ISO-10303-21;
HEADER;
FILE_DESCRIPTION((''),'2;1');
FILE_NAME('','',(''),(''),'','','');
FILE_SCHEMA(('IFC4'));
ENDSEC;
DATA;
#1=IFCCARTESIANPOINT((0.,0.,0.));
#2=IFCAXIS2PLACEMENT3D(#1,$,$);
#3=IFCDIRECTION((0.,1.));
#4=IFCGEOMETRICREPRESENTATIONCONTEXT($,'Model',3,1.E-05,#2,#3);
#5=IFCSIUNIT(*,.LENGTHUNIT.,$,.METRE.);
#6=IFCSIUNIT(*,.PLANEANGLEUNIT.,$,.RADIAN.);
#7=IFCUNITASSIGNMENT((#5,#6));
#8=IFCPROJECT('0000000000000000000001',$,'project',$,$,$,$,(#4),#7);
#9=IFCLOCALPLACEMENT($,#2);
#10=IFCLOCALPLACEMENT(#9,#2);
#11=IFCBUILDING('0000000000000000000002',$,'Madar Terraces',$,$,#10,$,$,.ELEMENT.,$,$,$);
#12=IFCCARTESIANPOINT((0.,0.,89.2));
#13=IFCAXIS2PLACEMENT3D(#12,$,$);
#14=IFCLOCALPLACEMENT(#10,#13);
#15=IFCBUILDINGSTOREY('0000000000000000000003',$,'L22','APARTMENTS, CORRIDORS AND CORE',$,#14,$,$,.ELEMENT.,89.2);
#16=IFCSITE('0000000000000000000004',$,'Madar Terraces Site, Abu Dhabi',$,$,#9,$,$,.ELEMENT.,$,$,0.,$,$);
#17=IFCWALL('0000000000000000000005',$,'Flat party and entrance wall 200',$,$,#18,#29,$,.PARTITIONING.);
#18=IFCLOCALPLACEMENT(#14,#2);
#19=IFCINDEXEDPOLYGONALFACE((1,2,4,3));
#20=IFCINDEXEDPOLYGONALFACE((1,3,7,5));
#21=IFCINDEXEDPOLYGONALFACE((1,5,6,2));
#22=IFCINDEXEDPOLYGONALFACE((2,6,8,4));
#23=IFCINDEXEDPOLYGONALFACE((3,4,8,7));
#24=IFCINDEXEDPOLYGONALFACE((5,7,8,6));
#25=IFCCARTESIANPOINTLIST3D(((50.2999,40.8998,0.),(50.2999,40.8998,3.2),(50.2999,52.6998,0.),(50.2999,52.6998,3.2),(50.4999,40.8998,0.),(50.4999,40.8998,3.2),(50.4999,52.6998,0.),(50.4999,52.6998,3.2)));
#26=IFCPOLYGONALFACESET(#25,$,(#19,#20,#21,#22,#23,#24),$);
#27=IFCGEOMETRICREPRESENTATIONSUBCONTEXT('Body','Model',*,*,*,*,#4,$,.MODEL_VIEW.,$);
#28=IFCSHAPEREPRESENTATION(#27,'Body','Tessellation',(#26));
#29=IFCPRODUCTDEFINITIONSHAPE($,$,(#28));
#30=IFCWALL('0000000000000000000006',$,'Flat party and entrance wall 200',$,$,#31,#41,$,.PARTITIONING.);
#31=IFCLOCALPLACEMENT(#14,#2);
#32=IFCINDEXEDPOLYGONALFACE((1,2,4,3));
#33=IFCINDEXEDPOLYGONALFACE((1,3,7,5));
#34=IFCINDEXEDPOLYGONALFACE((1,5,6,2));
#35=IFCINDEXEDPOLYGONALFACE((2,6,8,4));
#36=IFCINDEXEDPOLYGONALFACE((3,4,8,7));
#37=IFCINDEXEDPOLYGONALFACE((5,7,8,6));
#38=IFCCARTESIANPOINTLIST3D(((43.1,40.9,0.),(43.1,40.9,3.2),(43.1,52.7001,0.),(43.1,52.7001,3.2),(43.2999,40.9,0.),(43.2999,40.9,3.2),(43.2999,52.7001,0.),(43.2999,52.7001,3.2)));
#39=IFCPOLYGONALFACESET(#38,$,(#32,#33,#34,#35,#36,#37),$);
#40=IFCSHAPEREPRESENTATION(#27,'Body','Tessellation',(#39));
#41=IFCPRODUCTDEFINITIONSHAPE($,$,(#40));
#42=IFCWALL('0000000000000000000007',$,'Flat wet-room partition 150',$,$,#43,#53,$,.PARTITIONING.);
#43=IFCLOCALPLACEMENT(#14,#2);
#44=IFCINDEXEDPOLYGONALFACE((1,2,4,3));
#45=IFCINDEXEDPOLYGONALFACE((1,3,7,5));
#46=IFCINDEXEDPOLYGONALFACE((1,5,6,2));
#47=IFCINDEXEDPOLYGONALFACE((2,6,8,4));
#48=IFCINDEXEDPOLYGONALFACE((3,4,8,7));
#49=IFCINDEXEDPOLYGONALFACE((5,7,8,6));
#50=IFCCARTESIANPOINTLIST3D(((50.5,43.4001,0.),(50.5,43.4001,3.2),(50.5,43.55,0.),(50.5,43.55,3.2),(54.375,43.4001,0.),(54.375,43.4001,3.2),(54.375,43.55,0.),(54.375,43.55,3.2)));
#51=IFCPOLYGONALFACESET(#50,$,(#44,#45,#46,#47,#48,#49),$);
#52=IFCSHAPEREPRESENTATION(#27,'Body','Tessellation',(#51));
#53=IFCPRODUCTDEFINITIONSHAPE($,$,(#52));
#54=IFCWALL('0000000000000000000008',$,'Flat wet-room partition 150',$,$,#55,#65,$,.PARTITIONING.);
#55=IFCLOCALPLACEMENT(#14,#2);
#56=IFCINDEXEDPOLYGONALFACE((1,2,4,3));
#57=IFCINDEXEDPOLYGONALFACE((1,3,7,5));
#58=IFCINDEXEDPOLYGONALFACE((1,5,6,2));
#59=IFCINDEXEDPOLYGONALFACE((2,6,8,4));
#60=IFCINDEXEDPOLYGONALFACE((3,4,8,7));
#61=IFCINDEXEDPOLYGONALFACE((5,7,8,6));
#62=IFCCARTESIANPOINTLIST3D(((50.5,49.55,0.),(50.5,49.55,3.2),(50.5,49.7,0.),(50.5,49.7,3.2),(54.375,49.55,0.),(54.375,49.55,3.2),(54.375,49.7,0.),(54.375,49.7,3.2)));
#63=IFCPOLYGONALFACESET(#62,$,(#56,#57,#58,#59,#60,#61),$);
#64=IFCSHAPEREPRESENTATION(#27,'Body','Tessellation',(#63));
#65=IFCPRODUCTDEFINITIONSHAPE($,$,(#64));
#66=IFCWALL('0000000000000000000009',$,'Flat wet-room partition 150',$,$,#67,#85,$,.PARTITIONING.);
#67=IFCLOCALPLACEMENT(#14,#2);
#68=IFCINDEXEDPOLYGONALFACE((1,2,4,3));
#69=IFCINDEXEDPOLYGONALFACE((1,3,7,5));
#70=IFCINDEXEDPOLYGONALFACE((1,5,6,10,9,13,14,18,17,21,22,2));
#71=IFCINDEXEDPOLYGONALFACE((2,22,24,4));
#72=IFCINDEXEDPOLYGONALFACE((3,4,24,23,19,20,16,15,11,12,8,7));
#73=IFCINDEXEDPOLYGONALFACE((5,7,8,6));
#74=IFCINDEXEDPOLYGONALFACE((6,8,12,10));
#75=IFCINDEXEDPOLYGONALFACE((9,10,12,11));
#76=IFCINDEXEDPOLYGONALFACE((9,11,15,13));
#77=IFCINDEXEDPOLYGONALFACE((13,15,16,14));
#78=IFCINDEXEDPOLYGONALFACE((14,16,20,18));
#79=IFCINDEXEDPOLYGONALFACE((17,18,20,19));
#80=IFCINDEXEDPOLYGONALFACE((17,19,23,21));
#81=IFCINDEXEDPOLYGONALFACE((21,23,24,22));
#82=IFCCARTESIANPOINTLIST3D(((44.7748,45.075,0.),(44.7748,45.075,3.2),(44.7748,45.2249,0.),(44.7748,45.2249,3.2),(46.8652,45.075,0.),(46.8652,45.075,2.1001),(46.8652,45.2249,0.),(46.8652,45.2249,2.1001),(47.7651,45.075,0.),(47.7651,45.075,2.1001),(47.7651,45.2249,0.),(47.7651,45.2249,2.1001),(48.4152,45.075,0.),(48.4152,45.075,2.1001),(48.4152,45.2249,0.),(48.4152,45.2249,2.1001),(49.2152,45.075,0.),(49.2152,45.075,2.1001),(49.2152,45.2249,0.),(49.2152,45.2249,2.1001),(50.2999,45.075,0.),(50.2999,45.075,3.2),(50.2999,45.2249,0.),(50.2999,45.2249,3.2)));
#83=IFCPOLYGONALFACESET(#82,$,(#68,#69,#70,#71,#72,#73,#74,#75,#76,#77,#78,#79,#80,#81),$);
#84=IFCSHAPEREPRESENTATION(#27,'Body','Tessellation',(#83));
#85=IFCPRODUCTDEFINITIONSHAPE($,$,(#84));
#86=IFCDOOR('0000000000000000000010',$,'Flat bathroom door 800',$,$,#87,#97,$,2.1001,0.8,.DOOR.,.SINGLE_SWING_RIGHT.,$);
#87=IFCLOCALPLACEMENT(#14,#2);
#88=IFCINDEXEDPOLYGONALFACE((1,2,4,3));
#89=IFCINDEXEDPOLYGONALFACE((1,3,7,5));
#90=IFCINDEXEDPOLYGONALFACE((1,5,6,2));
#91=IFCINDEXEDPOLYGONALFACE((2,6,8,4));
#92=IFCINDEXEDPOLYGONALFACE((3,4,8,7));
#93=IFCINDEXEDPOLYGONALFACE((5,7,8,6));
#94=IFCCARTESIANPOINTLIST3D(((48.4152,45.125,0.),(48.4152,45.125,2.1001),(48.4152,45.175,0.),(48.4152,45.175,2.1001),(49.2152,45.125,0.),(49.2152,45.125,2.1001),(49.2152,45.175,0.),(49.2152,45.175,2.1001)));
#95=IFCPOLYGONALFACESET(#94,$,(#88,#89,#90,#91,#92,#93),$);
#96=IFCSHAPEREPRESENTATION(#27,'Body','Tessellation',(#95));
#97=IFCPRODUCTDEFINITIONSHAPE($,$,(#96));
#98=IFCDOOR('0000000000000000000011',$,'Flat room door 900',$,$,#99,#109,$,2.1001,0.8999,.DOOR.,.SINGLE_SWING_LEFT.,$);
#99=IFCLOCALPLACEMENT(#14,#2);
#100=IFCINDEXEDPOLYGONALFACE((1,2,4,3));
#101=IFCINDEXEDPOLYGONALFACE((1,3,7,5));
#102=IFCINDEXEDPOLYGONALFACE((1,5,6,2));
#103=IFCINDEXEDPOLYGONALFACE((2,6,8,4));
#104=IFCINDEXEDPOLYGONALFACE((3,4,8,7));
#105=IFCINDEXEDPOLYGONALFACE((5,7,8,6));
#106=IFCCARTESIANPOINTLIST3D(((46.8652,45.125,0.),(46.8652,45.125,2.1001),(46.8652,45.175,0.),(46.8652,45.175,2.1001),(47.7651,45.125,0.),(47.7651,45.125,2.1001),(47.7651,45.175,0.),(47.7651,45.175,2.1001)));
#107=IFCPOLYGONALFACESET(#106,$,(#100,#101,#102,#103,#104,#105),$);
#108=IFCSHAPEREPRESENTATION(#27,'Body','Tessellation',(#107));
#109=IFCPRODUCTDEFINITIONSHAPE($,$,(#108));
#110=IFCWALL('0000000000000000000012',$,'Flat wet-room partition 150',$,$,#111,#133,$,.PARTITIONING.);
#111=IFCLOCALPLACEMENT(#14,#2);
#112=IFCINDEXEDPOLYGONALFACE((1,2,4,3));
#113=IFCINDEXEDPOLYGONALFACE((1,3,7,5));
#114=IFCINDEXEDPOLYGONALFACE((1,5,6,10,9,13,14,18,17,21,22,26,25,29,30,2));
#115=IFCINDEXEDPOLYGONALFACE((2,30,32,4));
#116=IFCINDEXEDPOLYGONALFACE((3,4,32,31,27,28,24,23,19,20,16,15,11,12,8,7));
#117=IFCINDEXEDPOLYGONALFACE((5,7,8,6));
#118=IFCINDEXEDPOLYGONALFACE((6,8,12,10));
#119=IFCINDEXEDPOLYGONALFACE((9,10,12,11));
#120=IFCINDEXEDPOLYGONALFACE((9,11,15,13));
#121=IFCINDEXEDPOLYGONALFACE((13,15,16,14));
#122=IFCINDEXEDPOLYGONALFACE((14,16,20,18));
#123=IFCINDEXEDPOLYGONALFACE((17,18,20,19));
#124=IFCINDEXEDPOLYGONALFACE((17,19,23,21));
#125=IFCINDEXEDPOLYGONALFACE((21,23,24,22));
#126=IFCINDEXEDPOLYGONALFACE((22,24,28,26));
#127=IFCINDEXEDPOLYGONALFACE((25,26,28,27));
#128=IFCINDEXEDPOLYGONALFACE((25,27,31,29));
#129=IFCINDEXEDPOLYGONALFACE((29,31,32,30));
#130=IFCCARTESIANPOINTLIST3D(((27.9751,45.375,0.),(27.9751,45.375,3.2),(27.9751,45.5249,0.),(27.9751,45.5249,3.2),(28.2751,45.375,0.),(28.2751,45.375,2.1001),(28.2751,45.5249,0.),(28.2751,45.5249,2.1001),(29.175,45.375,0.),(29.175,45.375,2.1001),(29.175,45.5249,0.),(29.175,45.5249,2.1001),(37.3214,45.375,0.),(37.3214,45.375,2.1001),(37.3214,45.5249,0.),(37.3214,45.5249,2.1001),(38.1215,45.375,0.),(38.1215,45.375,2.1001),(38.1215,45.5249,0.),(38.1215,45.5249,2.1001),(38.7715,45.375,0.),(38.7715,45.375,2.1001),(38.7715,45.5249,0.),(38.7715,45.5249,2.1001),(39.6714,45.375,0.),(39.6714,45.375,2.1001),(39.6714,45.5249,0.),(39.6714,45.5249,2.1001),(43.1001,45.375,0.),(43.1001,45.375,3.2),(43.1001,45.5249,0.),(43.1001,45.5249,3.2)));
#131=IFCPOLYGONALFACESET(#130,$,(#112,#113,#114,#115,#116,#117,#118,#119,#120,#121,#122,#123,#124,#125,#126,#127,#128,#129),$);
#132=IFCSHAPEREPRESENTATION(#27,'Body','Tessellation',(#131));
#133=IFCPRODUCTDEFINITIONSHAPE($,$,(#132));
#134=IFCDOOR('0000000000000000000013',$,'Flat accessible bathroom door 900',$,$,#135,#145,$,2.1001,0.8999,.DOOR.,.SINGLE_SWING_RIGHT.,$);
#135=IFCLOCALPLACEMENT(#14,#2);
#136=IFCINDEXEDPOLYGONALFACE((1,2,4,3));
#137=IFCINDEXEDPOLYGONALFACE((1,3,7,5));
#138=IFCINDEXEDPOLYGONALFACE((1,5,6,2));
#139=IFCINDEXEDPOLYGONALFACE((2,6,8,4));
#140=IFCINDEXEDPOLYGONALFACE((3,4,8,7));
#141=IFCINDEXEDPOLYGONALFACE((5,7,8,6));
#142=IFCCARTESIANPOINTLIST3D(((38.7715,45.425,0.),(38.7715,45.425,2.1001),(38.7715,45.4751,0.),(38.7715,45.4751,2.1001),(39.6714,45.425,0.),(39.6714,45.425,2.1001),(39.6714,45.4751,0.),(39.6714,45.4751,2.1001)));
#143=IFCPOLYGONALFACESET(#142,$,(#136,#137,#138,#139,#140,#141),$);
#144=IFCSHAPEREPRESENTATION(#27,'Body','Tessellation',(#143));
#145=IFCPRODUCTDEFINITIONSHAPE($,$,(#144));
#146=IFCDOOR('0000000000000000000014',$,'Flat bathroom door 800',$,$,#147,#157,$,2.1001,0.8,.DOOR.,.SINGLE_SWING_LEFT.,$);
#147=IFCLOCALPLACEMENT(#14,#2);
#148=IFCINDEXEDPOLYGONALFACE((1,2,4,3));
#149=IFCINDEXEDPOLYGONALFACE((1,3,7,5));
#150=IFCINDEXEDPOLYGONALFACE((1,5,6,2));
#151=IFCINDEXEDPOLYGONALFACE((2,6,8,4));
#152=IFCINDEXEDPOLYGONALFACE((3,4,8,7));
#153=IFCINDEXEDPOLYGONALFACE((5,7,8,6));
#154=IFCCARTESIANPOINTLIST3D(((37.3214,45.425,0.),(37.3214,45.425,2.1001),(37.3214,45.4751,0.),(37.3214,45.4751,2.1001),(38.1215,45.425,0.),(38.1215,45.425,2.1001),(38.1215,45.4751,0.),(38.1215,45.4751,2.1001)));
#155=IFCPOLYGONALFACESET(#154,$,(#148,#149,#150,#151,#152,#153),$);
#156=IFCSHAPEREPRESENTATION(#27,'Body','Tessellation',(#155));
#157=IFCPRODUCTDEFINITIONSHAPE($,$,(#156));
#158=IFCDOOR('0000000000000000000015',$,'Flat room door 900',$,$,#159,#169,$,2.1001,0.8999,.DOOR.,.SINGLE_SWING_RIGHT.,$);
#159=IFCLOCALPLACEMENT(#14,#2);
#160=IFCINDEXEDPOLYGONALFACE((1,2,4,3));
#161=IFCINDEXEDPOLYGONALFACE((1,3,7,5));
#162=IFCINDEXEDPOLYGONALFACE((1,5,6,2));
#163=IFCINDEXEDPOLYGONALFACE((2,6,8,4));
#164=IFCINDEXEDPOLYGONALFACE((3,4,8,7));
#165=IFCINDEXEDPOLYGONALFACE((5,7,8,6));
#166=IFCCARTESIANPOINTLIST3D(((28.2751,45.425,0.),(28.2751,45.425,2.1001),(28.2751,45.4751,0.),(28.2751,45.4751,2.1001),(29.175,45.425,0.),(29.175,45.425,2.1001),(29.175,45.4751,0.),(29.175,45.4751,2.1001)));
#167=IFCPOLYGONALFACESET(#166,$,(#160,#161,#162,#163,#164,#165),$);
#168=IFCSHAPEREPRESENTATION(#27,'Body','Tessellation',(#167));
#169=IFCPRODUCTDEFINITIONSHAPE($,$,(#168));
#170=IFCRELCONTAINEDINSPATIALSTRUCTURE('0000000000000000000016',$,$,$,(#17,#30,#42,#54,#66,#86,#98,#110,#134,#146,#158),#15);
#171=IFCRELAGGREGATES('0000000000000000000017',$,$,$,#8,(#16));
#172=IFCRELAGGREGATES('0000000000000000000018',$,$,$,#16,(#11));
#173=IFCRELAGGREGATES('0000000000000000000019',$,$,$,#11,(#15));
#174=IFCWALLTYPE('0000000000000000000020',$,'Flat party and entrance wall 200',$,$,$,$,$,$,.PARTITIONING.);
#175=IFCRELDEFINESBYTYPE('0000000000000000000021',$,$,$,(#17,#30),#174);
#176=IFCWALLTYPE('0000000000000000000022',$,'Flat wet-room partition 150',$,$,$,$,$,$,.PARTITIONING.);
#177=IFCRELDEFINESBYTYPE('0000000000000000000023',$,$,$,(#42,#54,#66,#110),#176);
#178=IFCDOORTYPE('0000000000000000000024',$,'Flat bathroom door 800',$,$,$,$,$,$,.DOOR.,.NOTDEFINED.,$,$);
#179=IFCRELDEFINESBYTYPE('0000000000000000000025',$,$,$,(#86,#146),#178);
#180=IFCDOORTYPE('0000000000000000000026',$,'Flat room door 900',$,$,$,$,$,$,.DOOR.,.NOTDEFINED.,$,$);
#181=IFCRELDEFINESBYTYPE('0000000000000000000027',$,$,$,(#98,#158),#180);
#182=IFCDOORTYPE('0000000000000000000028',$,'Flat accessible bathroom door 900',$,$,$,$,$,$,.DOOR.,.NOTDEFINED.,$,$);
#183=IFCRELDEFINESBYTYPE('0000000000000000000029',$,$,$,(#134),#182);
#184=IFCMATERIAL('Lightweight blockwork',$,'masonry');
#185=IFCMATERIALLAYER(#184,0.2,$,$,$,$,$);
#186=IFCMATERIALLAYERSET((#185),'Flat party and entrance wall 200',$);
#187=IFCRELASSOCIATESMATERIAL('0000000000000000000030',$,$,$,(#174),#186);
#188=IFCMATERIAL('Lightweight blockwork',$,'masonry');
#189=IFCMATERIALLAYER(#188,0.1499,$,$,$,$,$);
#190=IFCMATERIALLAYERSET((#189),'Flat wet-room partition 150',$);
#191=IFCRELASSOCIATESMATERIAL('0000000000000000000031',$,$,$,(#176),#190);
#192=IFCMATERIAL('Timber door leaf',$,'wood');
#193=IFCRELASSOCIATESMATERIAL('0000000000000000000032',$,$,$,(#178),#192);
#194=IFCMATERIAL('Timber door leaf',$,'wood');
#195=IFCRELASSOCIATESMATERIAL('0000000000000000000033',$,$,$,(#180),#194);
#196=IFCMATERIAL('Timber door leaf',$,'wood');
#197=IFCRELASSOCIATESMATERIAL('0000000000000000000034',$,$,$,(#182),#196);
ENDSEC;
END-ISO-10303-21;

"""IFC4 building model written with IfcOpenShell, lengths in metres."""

from ifc_helpers import new_model, si_unit, direction, frame, frame_2d, origin, place, context, subcontext, project, spatial, rectangle, extrude, material, layer, layer_set, type_object, element, fill, save


model = new_model("IFC4")

# Units and contexts
model_context = context("Model", 3, precision=1e-05, world=origin(), true_north=direction((0.0, 1.0)))
body_context = subcontext(model_context, "Body", "Model", "MODEL_VIEW")
ifc_project = project(units=[si_unit("LENGTHUNIT", "METRE"), si_unit("PLANEANGLEUNIT", "RADIAN")], contexts=[model_context])

# Site, building, storey
site_placement = place(None, origin())
site = spatial("IfcSite", under=ifc_project, at=site_placement, Name="Madar Terraces Site, Abu Dhabi", CompositionType="ELEMENT", RefElevation=0.0)
building_placement = place(site_placement, origin())
building = spatial("IfcBuilding", under=site, at=building_placement, Name="Madar Terraces", CompositionType="ELEMENT")
storey_placement = place(building_placement, frame((0.0, 0.0, 89.2)))
storey = spatial("IfcBuildingStorey", under=building, at=storey_placement, Name="L22", Description="APARTMENTS, CORRIDORS AND CORE", CompositionType="ELEMENT", Elevation=89.2)

# Walls
ifc_material_1 = material(Name="Lightweight blockwork", Category="masonry")
ifc_layer_1 = layer(ifc_material_1, 0.2)
ifc_layer_set_1 = layer_set([ifc_layer_1], Name="Flat party and entrance wall 200")
wall_type_1 = type_object("IfcWallType", Name="Flat party and entrance wall 200", PredefinedType="PARTITIONING", material=ifc_layer_set_1)
for number, where, z_axis, x_axis, name in (
    (1, (50.3999, 40.8999, 0.0), (0.0, 0.0, 1.0), (0.0, 1.0, 0.0), "Flat party and entrance wall 200"),
    (2, (43.2, 52.7, 0.0), (0.0, 0.0, 1.0), (0.0, -1.0, 0.0), "Flat party and entrance wall 200"),
):
    element("IfcWall", number, at=place(storey_placement, frame(where, z_axis=z_axis, x_axis=x_axis)), inside=storey, type_object=wall_type_1, Name=name, PredefinedType="PARTITIONING", context=body_context, shape_type="SweptSolid", body=[
        extrude(rectangle(XDim=11.8, YDim=0.2, at=frame_2d((5.8999, 0.0))), origin(), (0.0, 0.0, 1.0), 3.2),
    ])
ifc_material_2 = material(Name="Lightweight blockwork", Category="masonry")
ifc_layer_2 = layer(ifc_material_2, 0.1499)
ifc_layer_set_2 = layer_set([ifc_layer_2], Name="Flat wet-room partition 150")
wall_type_2 = type_object("IfcWallType", Name="Flat wet-room partition 150", PredefinedType="PARTITIONING", material=ifc_layer_set_2)
for number, where, z_axis, x_axis, name in (
    (3, (50.5, 43.4751, 0.0), (0.0, 0.0, 1.0), (1.0, 0.0, 0.0), "Flat wet-room partition 150"),
    (4, (50.5, 49.625, 0.0), (0.0, 0.0, 1.0), (1.0, 0.0, 0.0), "Flat wet-room partition 150"),
):
    element("IfcWall", number, at=place(storey_placement, frame(where, z_axis=z_axis, x_axis=x_axis)), inside=storey, type_object=wall_type_2, Name=name, PredefinedType="PARTITIONING", context=body_context, shape_type="SweptSolid", body=[
        extrude(rectangle(XDim=3.875, YDim=0.1499, at=frame_2d((1.9375, 0.0))), origin(), (0.0, 0.0, 1.0), 3.2),
    ])

# Walls, openings, doors
wall_1_placement = place(storey_placement, frame((50.3, 45.1499, 0.0), z_axis=(0.0, 0.0, 1.0), x_axis=(-1.0, 0.0, 0.0)))
wall_1 = element("IfcWall", 5, at=wall_1_placement, inside=storey, type_object=wall_type_2, Name="Flat wet-room partition 150", PredefinedType="PARTITIONING", context=body_context, shape_type="SweptSolid", body=[
    extrude(rectangle(XDim=5.5251, YDim=0.1499, at=frame_2d((2.7627, 0.0))), origin(), (0.0, 0.0, 1.0), 3.2),
])
opening_1_placement = place(wall_1_placement, frame((2.5349, 0.0, 0.0)))
opening_1 = element("IfcOpeningElement", 6, at=opening_1_placement, cuts=wall_1, PredefinedType="OPENING", context=body_context, shape_type="SweptSolid", body=[
    extrude(rectangle(XDim=0.8999, YDim=2.1001, at=frame_2d((0.45, 1.05))), frame((0.0, 0.085, 0.0), z_axis=(0.0, -1.0, 0.0), x_axis=(1.0, 0.0, 0.0)), (0.0, 0.0, 1.0), 0.1699),
])
opening_2_placement = place(wall_1_placement, frame((1.085, 0.0, 0.0)))
opening_2 = element("IfcOpeningElement", 7, at=opening_2_placement, cuts=wall_1, PredefinedType="OPENING", context=body_context, shape_type="SweptSolid", body=[
    extrude(rectangle(XDim=0.8, YDim=2.1001, at=frame_2d((0.3999, 1.05))), frame((0.0, 0.085, 0.0), z_axis=(0.0, -1.0, 0.0), x_axis=(1.0, 0.0, 0.0)), (0.0, 0.0, 1.0), 0.1699),
])
ifc_material_3 = material(Name="Timber door leaf", Category="wood")
door_type_1 = type_object("IfcDoorType", Name="Flat bathroom door 800", OperationType="NOTDEFINED", PredefinedType="DOOR", material=ifc_material_3)
door_1_placement = place(opening_2_placement, origin())
door_1 = element("IfcDoor", 8, at=door_1_placement, inside=storey, type_object=door_type_1, Name="Flat bathroom door 800", OperationType="SINGLE_SWING_RIGHT", OverallHeight=2.1001, OverallWidth=0.8, PredefinedType="DOOR", context=body_context, shape_type="SweptSolid", body=[
    extrude(rectangle(XDim=0.8, YDim=2.1001, at=frame_2d((0.3999, 1.05))), frame((0.0, 0.0249, 0.0), z_axis=(0.0, -1.0, 0.0), x_axis=(1.0, 0.0, 0.0)), (0.0, 0.0, 1.0), 0.05),
])
fill(opening_2, door_1)
ifc_material_4 = material(Name="Timber door leaf", Category="wood")
door_type_2 = type_object("IfcDoorType", Name="Flat room door 900", OperationType="NOTDEFINED", PredefinedType="DOOR", material=ifc_material_4)
door_2_placement = place(opening_1_placement, origin())
door_2 = element("IfcDoor", 9, at=door_2_placement, inside=storey, type_object=door_type_2, Name="Flat room door 900", OperationType="SINGLE_SWING_LEFT", OverallHeight=2.1001, OverallWidth=0.8999, PredefinedType="DOOR", context=body_context, shape_type="SweptSolid", body=[
    extrude(rectangle(XDim=0.8999, YDim=2.1001, at=frame_2d((0.45, 1.05))), frame((0.0, 0.0249, 0.0), z_axis=(0.0, -1.0, 0.0), x_axis=(1.0, 0.0, 0.0)), (0.0, 0.0, 1.0), 0.05),
])
fill(opening_1, door_2)
wall_2_placement = place(storey_placement, frame((43.1001, 45.45, 0.0), z_axis=(0.0, 0.0, 1.0), x_axis=(-1.0, 0.0, 0.0)))
wall_2 = element("IfcWall", 10, at=wall_2_placement, inside=storey, type_object=wall_type_2, Name="Flat wet-room partition 150", PredefinedType="PARTITIONING", context=body_context, shape_type="SweptSolid", body=[
    extrude(rectangle(XDim=15.125, YDim=0.1499, at=frame_2d((7.5625, 0.0))), origin(), (0.0, 0.0, 1.0), 3.2),
])
opening_3_placement = place(wall_2_placement, frame((13.925, 0.0, 0.0)))
opening_3 = element("IfcOpeningElement", 11, at=opening_3_placement, cuts=wall_2, PredefinedType="OPENING", context=body_context, shape_type="SweptSolid", body=[
    extrude(rectangle(XDim=0.8999, YDim=2.1001, at=frame_2d((0.45, 1.05))), frame((0.0, 0.085, 0.0), z_axis=(0.0, -1.0, 0.0), x_axis=(1.0, 0.0, 0.0)), (0.0, 0.0, 1.0), 0.1699),
])
opening_4_placement = place(wall_2_placement, frame((4.9788, 0.0, 0.0)))
opening_4 = element("IfcOpeningElement", 12, at=opening_4_placement, cuts=wall_2, PredefinedType="OPENING", context=body_context, shape_type="SweptSolid", body=[
    extrude(rectangle(XDim=0.8, YDim=2.1001, at=frame_2d((0.3999, 1.05))), frame((0.0, 0.085, 0.0), z_axis=(0.0, -1.0, 0.0), x_axis=(1.0, 0.0, 0.0)), (0.0, 0.0, 1.0), 0.1699),
])
opening_5_placement = place(wall_2_placement, frame((3.4287, 0.0, 0.0)))
opening_5 = element("IfcOpeningElement", 13, at=opening_5_placement, cuts=wall_2, PredefinedType="OPENING", context=body_context, shape_type="SweptSolid", body=[
    extrude(rectangle(XDim=0.8999, YDim=2.1001, at=frame_2d((0.45, 1.05))), frame((0.0, 0.085, 0.0), z_axis=(0.0, -1.0, 0.0), x_axis=(1.0, 0.0, 0.0)), (0.0, 0.0, 1.0), 0.1699),
])
ifc_material_5 = material(Name="Timber door leaf", Category="wood")
door_type_3 = type_object("IfcDoorType", Name="Flat accessible bathroom door 900", OperationType="NOTDEFINED", PredefinedType="DOOR", material=ifc_material_5)
door_3_placement = place(opening_5_placement, origin())
door_3 = element("IfcDoor", 14, at=door_3_placement, inside=storey, type_object=door_type_3, Name="Flat accessible bathroom door 900", OperationType="SINGLE_SWING_RIGHT", OverallHeight=2.1001, OverallWidth=0.8999, PredefinedType="DOOR", context=body_context, shape_type="SweptSolid", body=[
    extrude(rectangle(XDim=0.8999, YDim=2.1001, at=frame_2d((0.45, 1.05))), frame((0.0, 0.0249, 0.0), z_axis=(0.0, -1.0, 0.0), x_axis=(1.0, 0.0, 0.0)), (0.0, 0.0, 1.0), 0.05),
])
fill(opening_5, door_3)
door_4_placement = place(opening_4_placement, origin())
door_4 = element("IfcDoor", 15, at=door_4_placement, inside=storey, type_object=door_type_1, Name="Flat bathroom door 800", OperationType="SINGLE_SWING_LEFT", OverallHeight=2.1001, OverallWidth=0.8, PredefinedType="DOOR", context=body_context, shape_type="SweptSolid", body=[
    extrude(rectangle(XDim=0.8, YDim=2.1001, at=frame_2d((0.3999, 1.05))), frame((0.0, 0.0249, 0.0), z_axis=(0.0, -1.0, 0.0), x_axis=(1.0, 0.0, 0.0)), (0.0, 0.0, 1.0), 0.05),
])
fill(opening_4, door_4)
door_5_placement = place(opening_3_placement, origin())
door_5 = element("IfcDoor", 16, at=door_5_placement, inside=storey, type_object=door_type_2, Name="Flat room door 900", OperationType="SINGLE_SWING_RIGHT", OverallHeight=2.1001, OverallWidth=0.8999, PredefinedType="DOOR", context=body_context, shape_type="SweptSolid", body=[
    extrude(rectangle(XDim=0.8999, YDim=2.1001, at=frame_2d((0.45, 1.05))), frame((0.0, 0.0249, 0.0), z_axis=(0.0, -1.0, 0.0), x_axis=(1.0, 0.0, 0.0)), (0.0, 0.0, 1.0), 0.05),
])
fill(opening_3, door_5)

save(model, "model.ifc")
